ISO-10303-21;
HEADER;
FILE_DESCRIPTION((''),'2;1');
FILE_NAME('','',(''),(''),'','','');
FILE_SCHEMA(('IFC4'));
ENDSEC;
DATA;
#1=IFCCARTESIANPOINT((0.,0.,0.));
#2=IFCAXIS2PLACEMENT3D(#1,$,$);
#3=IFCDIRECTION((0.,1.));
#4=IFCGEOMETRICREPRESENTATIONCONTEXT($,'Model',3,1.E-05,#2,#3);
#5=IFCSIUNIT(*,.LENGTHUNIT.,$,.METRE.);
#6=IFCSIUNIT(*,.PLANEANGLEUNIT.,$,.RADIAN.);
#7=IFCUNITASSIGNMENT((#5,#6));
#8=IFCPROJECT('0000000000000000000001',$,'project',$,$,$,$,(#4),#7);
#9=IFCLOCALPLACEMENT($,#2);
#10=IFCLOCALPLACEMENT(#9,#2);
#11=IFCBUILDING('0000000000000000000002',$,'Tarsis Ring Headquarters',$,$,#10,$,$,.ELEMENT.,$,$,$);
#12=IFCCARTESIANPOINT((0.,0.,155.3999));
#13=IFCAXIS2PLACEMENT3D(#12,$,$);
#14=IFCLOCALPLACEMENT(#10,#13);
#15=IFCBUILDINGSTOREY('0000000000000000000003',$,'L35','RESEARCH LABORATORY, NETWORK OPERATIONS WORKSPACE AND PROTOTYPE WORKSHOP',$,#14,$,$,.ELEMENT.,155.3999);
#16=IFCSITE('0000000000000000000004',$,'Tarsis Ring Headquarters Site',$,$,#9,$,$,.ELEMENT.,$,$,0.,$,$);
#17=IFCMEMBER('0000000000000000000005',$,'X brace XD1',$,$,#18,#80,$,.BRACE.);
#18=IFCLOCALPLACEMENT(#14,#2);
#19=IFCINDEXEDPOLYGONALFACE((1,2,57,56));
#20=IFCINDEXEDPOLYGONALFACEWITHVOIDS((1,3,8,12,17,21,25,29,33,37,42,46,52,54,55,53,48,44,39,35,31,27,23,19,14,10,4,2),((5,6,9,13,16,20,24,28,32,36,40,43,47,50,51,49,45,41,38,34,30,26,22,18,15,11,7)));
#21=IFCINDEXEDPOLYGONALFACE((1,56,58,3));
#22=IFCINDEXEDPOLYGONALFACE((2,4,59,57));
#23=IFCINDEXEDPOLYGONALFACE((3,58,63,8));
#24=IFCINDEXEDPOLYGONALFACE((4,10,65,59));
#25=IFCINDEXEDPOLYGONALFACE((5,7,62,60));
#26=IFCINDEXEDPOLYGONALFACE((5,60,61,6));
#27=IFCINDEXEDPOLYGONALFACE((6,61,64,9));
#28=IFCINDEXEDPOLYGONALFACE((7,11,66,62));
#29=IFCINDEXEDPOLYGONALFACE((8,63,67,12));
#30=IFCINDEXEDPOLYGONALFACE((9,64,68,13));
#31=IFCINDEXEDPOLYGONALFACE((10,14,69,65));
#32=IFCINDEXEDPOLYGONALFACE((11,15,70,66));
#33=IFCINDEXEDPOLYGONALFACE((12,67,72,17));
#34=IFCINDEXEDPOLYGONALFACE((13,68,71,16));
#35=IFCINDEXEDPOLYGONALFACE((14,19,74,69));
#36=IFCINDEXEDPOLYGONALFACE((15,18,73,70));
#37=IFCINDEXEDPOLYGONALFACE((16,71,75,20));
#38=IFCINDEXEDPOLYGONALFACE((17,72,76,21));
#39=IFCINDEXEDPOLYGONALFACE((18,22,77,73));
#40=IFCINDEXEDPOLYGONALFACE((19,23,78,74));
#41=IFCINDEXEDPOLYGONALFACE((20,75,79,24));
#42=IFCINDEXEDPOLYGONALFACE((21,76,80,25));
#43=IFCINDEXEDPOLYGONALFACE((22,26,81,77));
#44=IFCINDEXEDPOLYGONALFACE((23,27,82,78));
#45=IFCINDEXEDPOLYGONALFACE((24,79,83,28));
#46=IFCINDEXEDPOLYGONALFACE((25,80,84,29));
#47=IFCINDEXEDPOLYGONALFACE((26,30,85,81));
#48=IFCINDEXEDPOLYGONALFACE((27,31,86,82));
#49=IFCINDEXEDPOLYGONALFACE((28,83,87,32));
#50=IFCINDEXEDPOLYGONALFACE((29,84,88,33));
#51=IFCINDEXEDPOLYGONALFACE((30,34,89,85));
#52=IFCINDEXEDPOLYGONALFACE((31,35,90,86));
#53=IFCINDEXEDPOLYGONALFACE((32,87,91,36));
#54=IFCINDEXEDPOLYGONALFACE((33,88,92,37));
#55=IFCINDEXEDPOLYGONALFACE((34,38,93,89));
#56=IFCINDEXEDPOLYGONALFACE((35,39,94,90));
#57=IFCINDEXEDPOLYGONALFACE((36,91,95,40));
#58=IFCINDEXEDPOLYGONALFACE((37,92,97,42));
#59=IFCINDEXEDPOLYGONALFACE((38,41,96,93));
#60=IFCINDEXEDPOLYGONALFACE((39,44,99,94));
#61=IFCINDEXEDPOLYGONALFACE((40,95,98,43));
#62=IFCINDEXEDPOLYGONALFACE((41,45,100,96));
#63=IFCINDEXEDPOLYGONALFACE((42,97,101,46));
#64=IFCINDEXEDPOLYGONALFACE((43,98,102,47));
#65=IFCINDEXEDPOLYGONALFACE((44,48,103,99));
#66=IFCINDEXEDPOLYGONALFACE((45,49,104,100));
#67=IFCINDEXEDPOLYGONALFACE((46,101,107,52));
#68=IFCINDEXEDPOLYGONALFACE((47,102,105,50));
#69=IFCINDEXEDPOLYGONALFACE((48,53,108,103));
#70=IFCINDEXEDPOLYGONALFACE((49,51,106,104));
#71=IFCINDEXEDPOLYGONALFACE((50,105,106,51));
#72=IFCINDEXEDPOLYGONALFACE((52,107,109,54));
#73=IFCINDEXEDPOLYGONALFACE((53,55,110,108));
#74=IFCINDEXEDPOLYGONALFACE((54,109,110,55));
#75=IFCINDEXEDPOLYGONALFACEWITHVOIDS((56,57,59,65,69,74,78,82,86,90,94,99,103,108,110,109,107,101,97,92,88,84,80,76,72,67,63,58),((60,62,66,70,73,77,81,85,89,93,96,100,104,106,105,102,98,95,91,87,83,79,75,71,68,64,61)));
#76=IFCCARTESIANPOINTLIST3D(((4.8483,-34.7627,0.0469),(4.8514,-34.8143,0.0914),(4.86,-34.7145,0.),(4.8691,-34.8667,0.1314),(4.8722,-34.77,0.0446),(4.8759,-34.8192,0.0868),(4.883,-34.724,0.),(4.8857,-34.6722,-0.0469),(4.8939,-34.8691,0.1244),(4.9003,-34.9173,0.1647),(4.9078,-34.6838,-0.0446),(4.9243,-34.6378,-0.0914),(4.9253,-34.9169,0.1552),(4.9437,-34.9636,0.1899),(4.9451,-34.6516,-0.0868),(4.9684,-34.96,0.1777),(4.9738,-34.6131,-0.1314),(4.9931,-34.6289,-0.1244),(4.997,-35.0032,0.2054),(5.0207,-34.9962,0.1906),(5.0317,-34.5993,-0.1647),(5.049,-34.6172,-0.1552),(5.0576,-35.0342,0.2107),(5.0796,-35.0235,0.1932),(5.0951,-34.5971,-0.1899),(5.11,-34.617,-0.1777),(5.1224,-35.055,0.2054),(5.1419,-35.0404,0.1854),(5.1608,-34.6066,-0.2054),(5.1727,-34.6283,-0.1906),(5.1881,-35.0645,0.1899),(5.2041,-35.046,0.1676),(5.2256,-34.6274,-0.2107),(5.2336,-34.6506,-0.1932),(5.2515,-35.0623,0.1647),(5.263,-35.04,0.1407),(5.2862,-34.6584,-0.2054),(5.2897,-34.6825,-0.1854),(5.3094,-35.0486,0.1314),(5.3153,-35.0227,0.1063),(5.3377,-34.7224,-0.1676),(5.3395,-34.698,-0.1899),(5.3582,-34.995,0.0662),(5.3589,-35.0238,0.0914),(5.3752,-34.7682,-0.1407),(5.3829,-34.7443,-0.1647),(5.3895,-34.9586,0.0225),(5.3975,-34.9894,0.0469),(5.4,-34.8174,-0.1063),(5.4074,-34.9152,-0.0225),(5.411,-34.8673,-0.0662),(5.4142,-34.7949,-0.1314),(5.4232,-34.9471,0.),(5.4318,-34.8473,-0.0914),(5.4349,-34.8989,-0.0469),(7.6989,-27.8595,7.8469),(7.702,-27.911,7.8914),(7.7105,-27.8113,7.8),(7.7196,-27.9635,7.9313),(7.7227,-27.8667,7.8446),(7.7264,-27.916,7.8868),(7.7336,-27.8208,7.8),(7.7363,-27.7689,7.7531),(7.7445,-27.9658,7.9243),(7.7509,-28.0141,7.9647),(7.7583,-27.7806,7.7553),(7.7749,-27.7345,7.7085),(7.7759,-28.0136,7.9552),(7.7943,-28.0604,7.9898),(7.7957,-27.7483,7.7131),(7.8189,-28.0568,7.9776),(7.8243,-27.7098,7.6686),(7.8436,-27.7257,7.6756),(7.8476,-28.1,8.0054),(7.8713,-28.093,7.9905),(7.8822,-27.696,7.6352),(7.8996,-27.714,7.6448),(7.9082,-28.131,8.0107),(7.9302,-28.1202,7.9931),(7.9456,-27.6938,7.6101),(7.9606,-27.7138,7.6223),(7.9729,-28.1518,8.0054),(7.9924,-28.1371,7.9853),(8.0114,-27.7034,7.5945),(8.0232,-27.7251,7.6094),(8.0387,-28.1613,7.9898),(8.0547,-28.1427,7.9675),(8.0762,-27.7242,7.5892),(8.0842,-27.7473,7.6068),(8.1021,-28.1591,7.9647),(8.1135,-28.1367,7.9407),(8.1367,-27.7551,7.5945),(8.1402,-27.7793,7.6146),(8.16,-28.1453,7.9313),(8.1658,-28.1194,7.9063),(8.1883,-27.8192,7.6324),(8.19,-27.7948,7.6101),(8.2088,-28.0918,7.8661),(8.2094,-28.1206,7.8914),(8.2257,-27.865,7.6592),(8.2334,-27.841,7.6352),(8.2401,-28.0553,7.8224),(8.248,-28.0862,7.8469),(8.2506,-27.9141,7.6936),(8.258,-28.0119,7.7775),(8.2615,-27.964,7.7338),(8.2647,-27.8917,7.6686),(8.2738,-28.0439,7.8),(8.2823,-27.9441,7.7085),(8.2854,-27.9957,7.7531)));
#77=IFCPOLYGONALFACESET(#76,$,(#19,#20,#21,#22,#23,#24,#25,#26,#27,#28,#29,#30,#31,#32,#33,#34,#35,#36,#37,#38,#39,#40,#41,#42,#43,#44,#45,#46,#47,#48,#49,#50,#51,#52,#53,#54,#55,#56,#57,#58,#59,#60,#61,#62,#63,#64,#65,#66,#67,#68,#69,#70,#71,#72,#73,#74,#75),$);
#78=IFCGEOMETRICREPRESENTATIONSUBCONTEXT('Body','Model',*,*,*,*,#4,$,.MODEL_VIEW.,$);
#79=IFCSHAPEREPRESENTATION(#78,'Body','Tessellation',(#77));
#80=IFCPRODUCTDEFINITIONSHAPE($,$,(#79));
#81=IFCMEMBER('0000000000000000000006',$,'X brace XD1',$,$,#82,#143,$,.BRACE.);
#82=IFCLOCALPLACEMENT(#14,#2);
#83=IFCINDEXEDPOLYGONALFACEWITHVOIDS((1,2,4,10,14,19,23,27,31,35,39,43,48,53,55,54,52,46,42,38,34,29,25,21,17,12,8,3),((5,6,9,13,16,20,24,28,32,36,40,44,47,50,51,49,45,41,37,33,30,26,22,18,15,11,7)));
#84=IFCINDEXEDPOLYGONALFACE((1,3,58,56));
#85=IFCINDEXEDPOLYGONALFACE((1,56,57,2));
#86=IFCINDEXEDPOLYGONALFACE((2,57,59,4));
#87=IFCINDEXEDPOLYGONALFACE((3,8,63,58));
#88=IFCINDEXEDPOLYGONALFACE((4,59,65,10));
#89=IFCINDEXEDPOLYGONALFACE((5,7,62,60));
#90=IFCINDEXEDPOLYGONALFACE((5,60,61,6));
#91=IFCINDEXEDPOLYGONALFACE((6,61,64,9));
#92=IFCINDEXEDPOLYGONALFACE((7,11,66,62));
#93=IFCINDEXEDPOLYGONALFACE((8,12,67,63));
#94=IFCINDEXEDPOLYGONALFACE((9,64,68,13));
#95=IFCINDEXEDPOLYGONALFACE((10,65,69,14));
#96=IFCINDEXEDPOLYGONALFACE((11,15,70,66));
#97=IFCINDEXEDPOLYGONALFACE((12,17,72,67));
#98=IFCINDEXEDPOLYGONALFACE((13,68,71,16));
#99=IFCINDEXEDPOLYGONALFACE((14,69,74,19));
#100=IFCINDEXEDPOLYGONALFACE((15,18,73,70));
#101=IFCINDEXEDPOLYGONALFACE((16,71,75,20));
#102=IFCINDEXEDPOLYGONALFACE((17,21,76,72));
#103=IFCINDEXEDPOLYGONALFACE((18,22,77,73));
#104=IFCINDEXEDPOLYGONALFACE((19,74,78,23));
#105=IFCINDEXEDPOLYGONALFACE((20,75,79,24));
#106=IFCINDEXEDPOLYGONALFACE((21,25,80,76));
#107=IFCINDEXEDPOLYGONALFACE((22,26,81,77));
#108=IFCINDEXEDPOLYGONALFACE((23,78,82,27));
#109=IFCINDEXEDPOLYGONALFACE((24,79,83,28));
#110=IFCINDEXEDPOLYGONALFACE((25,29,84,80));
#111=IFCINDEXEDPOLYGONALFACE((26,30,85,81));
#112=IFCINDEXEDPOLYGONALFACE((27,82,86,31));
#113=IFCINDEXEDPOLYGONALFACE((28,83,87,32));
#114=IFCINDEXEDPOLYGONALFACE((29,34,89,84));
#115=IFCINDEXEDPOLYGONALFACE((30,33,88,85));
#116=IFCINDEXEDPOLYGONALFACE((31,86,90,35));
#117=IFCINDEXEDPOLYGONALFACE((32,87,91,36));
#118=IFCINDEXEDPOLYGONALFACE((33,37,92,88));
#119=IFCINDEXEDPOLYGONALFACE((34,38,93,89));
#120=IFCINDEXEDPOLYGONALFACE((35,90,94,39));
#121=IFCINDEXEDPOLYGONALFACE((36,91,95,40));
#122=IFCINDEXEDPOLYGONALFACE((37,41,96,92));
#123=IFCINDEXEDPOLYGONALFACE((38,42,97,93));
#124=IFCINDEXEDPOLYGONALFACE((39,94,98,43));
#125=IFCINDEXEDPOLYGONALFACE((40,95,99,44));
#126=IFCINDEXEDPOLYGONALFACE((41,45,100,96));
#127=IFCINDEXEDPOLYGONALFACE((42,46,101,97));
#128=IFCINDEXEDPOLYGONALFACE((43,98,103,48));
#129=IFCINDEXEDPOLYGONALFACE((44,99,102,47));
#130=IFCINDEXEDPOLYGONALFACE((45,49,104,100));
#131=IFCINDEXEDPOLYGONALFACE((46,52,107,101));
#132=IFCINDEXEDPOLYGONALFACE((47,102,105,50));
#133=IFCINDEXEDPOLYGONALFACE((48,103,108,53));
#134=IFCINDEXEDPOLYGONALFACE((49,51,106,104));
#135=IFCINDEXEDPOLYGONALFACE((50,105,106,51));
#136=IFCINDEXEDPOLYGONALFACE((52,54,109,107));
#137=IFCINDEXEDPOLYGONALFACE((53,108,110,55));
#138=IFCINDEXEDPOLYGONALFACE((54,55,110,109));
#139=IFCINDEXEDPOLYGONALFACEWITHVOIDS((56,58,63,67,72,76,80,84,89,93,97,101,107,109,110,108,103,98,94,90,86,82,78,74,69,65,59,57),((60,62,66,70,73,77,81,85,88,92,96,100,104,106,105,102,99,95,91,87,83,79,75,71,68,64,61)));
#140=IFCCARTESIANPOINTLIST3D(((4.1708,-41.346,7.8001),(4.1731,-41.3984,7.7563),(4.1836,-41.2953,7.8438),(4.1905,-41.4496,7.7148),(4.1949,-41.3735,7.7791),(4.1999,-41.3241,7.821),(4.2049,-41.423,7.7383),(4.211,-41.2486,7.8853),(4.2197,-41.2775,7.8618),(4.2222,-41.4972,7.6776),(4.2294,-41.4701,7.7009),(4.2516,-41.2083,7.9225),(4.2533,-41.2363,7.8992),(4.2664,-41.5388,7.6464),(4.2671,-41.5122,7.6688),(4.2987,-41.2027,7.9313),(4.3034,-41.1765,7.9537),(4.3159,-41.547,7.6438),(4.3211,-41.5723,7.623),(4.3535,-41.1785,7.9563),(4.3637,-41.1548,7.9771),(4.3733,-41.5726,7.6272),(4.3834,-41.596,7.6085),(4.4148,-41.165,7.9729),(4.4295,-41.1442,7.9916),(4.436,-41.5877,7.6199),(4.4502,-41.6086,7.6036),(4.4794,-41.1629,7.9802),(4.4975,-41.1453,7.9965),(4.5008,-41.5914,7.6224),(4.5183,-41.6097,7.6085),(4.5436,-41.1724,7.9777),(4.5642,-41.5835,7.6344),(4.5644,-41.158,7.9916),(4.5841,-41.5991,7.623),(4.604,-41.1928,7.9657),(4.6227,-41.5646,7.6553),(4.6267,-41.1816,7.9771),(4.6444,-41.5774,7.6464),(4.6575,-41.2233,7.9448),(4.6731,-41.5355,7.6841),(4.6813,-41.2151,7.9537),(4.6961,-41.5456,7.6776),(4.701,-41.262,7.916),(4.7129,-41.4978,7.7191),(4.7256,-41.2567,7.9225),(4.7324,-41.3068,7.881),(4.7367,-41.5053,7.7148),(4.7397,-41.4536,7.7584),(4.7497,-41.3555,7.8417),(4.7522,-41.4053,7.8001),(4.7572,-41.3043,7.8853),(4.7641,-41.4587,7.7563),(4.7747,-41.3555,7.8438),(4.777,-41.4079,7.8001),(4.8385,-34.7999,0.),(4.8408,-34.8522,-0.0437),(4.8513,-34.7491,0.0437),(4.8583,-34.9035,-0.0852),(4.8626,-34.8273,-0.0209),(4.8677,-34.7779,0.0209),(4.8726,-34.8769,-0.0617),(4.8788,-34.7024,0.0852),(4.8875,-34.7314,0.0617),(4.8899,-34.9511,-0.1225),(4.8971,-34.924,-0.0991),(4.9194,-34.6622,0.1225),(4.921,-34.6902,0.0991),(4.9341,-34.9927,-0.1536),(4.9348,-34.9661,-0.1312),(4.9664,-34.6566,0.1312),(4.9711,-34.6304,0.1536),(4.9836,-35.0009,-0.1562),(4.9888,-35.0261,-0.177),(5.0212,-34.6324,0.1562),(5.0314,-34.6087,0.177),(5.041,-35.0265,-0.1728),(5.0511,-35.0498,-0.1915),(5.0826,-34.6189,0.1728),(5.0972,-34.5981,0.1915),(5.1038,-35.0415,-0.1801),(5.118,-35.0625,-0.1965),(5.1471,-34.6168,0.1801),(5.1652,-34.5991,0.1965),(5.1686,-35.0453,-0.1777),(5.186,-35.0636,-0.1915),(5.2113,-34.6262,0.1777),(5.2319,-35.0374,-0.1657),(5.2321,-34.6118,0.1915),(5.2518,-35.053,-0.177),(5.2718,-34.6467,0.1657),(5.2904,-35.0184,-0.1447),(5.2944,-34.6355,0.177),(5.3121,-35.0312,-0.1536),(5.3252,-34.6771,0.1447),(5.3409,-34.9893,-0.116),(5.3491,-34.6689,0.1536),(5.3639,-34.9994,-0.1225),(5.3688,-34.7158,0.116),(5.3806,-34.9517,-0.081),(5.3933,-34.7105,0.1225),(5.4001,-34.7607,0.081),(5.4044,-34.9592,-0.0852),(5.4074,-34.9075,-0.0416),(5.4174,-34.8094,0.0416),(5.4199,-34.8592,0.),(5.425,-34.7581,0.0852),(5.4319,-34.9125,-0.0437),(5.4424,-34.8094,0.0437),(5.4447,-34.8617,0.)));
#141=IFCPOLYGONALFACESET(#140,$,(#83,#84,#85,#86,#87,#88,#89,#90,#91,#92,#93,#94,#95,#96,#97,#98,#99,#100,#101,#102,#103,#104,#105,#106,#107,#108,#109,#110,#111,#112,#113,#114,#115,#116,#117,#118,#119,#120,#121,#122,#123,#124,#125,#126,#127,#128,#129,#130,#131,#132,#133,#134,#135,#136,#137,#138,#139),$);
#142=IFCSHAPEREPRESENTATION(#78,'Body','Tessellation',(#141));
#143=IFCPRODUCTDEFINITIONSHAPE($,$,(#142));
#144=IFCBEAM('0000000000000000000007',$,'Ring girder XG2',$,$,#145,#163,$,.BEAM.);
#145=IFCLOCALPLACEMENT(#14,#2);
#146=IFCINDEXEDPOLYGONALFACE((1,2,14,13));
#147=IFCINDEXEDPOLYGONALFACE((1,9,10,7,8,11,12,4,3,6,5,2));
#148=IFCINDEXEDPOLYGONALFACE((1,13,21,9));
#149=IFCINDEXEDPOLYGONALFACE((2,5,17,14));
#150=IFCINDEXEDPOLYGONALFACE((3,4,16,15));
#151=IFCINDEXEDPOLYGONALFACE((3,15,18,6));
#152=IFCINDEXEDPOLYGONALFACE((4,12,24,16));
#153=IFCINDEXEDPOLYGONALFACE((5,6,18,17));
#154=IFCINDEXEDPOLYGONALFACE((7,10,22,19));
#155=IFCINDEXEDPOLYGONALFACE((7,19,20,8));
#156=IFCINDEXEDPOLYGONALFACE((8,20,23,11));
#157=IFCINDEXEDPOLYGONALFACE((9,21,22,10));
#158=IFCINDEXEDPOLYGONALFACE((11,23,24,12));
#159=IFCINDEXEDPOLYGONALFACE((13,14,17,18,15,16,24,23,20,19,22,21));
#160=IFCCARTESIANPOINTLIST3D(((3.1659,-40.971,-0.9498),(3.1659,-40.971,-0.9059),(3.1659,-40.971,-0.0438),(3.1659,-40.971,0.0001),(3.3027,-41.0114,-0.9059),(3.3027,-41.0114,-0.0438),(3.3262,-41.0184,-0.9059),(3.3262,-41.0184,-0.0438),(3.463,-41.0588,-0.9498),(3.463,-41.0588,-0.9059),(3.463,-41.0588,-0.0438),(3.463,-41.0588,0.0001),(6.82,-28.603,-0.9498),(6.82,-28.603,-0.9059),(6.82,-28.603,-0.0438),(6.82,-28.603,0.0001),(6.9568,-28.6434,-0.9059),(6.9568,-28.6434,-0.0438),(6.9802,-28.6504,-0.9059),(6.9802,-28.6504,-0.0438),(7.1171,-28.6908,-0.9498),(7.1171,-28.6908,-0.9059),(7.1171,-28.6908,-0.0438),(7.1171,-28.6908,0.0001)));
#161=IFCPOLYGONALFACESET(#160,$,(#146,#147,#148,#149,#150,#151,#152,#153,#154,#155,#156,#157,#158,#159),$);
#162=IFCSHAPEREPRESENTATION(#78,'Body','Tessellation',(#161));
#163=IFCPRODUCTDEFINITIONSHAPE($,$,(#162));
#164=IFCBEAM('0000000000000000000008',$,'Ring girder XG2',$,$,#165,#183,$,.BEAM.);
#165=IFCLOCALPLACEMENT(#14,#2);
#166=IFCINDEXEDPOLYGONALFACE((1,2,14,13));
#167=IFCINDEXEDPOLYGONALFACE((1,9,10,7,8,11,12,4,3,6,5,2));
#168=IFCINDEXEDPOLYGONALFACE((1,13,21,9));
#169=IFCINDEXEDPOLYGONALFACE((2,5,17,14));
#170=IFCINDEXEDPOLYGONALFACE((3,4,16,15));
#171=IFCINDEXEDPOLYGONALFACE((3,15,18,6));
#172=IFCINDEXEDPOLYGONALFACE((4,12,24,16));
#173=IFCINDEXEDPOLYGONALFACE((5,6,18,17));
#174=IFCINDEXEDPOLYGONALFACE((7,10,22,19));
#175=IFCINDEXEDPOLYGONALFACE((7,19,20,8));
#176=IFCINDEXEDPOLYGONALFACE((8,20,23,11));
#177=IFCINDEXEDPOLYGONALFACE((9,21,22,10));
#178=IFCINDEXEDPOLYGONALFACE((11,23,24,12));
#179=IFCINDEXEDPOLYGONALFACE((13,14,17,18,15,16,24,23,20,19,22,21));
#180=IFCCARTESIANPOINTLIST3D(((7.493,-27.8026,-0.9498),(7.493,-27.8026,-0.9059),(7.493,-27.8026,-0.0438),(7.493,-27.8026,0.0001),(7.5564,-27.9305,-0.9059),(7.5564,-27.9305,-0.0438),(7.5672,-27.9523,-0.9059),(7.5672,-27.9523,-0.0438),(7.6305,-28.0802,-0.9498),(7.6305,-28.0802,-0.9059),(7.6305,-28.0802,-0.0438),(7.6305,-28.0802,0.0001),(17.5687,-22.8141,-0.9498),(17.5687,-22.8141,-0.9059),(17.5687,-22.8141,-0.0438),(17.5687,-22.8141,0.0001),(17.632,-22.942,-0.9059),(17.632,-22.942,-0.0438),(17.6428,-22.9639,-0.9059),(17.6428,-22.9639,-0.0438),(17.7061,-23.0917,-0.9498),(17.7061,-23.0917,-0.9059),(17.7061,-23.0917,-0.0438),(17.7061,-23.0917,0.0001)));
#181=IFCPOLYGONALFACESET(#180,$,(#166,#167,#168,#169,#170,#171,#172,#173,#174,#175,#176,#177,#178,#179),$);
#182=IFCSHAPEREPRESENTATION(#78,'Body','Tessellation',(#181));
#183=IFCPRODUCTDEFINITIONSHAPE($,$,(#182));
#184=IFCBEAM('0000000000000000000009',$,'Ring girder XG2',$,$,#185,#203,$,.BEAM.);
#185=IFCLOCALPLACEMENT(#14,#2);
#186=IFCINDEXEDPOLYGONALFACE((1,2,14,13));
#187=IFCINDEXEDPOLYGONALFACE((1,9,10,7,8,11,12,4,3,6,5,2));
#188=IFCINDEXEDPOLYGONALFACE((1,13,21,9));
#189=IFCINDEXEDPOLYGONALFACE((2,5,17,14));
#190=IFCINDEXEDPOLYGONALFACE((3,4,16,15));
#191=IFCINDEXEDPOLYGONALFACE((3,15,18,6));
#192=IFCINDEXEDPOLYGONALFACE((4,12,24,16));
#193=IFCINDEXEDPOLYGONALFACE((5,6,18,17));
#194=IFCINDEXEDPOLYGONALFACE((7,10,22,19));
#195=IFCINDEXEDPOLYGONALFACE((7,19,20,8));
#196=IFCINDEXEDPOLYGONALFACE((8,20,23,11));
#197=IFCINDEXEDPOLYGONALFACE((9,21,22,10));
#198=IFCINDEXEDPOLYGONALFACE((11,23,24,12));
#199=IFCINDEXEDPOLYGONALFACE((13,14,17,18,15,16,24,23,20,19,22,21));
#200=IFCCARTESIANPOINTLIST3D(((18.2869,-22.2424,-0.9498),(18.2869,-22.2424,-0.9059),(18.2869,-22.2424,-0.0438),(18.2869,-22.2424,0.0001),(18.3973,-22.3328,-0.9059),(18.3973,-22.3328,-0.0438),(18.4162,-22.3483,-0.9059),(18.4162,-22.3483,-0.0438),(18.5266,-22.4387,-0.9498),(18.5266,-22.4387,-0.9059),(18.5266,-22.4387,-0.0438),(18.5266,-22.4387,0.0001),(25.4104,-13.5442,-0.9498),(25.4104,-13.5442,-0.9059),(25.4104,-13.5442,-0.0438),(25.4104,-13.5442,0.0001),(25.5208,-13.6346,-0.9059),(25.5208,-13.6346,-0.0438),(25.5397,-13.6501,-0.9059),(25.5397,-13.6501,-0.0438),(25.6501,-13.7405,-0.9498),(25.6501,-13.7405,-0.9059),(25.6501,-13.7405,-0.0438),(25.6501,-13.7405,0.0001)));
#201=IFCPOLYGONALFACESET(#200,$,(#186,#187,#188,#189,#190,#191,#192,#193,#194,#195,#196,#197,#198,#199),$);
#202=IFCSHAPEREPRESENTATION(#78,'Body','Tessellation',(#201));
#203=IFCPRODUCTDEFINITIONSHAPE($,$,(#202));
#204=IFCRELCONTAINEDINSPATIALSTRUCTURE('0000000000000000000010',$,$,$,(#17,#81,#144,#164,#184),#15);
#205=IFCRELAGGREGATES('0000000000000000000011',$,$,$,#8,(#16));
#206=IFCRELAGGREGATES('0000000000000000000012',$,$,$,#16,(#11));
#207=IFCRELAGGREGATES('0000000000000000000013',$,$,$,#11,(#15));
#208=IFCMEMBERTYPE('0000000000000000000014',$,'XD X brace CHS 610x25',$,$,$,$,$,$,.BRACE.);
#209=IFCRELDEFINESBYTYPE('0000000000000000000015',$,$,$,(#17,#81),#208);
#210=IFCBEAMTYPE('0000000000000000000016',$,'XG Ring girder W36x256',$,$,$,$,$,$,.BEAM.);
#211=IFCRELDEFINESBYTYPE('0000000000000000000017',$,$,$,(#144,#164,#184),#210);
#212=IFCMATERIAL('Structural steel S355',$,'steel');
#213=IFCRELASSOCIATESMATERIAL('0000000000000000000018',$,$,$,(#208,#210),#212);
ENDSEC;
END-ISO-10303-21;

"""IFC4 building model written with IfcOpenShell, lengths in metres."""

from ifc_helpers import new_model, si_unit, direction, frame, origin, origin_2d, place, context, subcontext, project, spatial, hollow_circle, i_section, extrude, material, material_profile, profile_set, type_object, element, save


model = new_model("IFC4")

# Units and contexts
model_context = context("Model", 3, precision=1e-05, world=origin(), true_north=direction((0.0, 1.0)))
body_context = subcontext(model_context, "Body", "Model", "MODEL_VIEW")
ifc_project = project(units=[si_unit("LENGTHUNIT", "METRE"), si_unit("PLANEANGLEUNIT", "RADIAN")], contexts=[model_context])

# Site, building, storey
site_placement = place(None, origin())
site = spatial("IfcSite", under=ifc_project, at=site_placement, Name="Tarsis Ring Headquarters Site", CompositionType="ELEMENT", RefElevation=0.0)
building_placement = place(site_placement, origin())
building = spatial("IfcBuilding", under=site, at=building_placement, Name="Tarsis Ring Headquarters", CompositionType="ELEMENT")
storey_placement = place(building_placement, frame((0.0, 0.0, 155.3999)))
storey = spatial("IfcBuildingStorey", under=building, at=storey_placement, Name="L35", Description="RESEARCH LABORATORY, NETWORK OPERATIONS WORKSPACE AND PROTOTYPE WORKSHOP", CompositionType="ELEMENT", Elevation=155.3999)

# Shared definitions
ifc_material_1 = material(Name="Structural steel S355", Category="steel")

# Members
ifc_material_profile_1 = material_profile(ifc_material_1, hollow_circle(Radius=0.3047, WallThickness=0.0249, at=origin_2d()), Name="CHS 610x25")
ifc_profile_set_1 = profile_set([ifc_material_profile_1], Name="Structural steel S355")
member_type = type_object("IfcMemberType", Name="XD X brace CHS 610x25", PredefinedType="BRACE", material=ifc_profile_set_1)
member_1_placement = place(storey_placement, frame((5.1416, -34.8308, 0.0), z_axis=(0.263963, 0.639244, 0.722281), x_axis=(-0.924299, 0.38167, 0.0)))
element("IfcMember", 1, at=member_1_placement, inside=storey, type_object=member_type, Name="X brace XD1", PredefinedType="BRACE", context=body_context, shape_type="SweptSolid", body=[
    extrude(hollow_circle(Radius=0.3047, WallThickness=0.0249, at=origin_2d()), origin(), (0.0, 0.0, 1.0), 10.7991),
])
member_2_placement = place(storey_placement, frame((5.1416, -34.8308, 0.0), z_axis=(-0.065432, -0.641475, 0.764349), x_axis=(0.994838, -0.101476, 0.0)))
element("IfcMember", 2, at=member_2_placement, inside=storey, type_object=member_type, Name="X brace XD1", PredefinedType="BRACE", context=body_context, shape_type="SweptSolid", body=[
    extrude(hollow_circle(Radius=0.3047, WallThickness=0.0249, at=origin_2d()), origin(), (0.0, 0.0, 1.0), 10.2048),
])

# Beams
ifc_material_profile_2 = material_profile(ifc_material_1, i_section(OverallWidth=0.3098, OverallDepth=0.95, WebThickness=0.0244, FlangeThickness=0.0439, at=origin_2d()), Name="W36x256")
ifc_profile_set_2 = profile_set([ifc_material_profile_2], Name="Structural steel S355")
beam_type = type_object("IfcBeamType", Name="XG Ring girder W36x256", PredefinedType="BEAM", material=ifc_profile_set_2)
beam_placement = place(storey_placement, frame((3.3145, -41.0149, -0.4749), z_axis=(0.283339, 0.95902, 0.0), x_axis=(-0.95902, 0.283339, 0.0)))
element("IfcBeam", 3, at=beam_placement, inside=storey, type_object=beam_type, Name="Ring girder XG2", PredefinedType="BEAM", context=body_context, shape_type="SweptSolid", body=[
    extrude(i_section(OverallWidth=0.3098, OverallDepth=0.95, WebThickness=0.0244, FlangeThickness=0.0439, at=origin_2d()), origin(), (0.0, 0.0, 1.0), 12.8965),
])
for number, where, z_axis, x_axis, name in (
    (4, (7.5618, -27.9414, -0.4749), (0.896175, 0.443701, 0.0), (-0.443701, 0.896175, 0.0), "Ring girder XG2"),
    (5, (18.4067, -22.3406, -0.4749), (0.6336, 0.773661, 0.0), (-0.773661, 0.6336, 0.0), "Ring girder XG2"),
):
    element("IfcBeam", number, at=place(storey_placement, frame(where, z_axis=z_axis, x_axis=x_axis)), inside=storey, type_object=beam_type, Name=name, PredefinedType="BEAM", context=body_context, shape_type="SweptSolid", body=[
        extrude(i_section(OverallWidth=0.3098, OverallDepth=0.95, WebThickness=0.0244, FlangeThickness=0.0439, at=origin_2d()), origin(), (0.0, 0.0, 1.0), 11.2429),
    ])

save(model, "model.ifc")
